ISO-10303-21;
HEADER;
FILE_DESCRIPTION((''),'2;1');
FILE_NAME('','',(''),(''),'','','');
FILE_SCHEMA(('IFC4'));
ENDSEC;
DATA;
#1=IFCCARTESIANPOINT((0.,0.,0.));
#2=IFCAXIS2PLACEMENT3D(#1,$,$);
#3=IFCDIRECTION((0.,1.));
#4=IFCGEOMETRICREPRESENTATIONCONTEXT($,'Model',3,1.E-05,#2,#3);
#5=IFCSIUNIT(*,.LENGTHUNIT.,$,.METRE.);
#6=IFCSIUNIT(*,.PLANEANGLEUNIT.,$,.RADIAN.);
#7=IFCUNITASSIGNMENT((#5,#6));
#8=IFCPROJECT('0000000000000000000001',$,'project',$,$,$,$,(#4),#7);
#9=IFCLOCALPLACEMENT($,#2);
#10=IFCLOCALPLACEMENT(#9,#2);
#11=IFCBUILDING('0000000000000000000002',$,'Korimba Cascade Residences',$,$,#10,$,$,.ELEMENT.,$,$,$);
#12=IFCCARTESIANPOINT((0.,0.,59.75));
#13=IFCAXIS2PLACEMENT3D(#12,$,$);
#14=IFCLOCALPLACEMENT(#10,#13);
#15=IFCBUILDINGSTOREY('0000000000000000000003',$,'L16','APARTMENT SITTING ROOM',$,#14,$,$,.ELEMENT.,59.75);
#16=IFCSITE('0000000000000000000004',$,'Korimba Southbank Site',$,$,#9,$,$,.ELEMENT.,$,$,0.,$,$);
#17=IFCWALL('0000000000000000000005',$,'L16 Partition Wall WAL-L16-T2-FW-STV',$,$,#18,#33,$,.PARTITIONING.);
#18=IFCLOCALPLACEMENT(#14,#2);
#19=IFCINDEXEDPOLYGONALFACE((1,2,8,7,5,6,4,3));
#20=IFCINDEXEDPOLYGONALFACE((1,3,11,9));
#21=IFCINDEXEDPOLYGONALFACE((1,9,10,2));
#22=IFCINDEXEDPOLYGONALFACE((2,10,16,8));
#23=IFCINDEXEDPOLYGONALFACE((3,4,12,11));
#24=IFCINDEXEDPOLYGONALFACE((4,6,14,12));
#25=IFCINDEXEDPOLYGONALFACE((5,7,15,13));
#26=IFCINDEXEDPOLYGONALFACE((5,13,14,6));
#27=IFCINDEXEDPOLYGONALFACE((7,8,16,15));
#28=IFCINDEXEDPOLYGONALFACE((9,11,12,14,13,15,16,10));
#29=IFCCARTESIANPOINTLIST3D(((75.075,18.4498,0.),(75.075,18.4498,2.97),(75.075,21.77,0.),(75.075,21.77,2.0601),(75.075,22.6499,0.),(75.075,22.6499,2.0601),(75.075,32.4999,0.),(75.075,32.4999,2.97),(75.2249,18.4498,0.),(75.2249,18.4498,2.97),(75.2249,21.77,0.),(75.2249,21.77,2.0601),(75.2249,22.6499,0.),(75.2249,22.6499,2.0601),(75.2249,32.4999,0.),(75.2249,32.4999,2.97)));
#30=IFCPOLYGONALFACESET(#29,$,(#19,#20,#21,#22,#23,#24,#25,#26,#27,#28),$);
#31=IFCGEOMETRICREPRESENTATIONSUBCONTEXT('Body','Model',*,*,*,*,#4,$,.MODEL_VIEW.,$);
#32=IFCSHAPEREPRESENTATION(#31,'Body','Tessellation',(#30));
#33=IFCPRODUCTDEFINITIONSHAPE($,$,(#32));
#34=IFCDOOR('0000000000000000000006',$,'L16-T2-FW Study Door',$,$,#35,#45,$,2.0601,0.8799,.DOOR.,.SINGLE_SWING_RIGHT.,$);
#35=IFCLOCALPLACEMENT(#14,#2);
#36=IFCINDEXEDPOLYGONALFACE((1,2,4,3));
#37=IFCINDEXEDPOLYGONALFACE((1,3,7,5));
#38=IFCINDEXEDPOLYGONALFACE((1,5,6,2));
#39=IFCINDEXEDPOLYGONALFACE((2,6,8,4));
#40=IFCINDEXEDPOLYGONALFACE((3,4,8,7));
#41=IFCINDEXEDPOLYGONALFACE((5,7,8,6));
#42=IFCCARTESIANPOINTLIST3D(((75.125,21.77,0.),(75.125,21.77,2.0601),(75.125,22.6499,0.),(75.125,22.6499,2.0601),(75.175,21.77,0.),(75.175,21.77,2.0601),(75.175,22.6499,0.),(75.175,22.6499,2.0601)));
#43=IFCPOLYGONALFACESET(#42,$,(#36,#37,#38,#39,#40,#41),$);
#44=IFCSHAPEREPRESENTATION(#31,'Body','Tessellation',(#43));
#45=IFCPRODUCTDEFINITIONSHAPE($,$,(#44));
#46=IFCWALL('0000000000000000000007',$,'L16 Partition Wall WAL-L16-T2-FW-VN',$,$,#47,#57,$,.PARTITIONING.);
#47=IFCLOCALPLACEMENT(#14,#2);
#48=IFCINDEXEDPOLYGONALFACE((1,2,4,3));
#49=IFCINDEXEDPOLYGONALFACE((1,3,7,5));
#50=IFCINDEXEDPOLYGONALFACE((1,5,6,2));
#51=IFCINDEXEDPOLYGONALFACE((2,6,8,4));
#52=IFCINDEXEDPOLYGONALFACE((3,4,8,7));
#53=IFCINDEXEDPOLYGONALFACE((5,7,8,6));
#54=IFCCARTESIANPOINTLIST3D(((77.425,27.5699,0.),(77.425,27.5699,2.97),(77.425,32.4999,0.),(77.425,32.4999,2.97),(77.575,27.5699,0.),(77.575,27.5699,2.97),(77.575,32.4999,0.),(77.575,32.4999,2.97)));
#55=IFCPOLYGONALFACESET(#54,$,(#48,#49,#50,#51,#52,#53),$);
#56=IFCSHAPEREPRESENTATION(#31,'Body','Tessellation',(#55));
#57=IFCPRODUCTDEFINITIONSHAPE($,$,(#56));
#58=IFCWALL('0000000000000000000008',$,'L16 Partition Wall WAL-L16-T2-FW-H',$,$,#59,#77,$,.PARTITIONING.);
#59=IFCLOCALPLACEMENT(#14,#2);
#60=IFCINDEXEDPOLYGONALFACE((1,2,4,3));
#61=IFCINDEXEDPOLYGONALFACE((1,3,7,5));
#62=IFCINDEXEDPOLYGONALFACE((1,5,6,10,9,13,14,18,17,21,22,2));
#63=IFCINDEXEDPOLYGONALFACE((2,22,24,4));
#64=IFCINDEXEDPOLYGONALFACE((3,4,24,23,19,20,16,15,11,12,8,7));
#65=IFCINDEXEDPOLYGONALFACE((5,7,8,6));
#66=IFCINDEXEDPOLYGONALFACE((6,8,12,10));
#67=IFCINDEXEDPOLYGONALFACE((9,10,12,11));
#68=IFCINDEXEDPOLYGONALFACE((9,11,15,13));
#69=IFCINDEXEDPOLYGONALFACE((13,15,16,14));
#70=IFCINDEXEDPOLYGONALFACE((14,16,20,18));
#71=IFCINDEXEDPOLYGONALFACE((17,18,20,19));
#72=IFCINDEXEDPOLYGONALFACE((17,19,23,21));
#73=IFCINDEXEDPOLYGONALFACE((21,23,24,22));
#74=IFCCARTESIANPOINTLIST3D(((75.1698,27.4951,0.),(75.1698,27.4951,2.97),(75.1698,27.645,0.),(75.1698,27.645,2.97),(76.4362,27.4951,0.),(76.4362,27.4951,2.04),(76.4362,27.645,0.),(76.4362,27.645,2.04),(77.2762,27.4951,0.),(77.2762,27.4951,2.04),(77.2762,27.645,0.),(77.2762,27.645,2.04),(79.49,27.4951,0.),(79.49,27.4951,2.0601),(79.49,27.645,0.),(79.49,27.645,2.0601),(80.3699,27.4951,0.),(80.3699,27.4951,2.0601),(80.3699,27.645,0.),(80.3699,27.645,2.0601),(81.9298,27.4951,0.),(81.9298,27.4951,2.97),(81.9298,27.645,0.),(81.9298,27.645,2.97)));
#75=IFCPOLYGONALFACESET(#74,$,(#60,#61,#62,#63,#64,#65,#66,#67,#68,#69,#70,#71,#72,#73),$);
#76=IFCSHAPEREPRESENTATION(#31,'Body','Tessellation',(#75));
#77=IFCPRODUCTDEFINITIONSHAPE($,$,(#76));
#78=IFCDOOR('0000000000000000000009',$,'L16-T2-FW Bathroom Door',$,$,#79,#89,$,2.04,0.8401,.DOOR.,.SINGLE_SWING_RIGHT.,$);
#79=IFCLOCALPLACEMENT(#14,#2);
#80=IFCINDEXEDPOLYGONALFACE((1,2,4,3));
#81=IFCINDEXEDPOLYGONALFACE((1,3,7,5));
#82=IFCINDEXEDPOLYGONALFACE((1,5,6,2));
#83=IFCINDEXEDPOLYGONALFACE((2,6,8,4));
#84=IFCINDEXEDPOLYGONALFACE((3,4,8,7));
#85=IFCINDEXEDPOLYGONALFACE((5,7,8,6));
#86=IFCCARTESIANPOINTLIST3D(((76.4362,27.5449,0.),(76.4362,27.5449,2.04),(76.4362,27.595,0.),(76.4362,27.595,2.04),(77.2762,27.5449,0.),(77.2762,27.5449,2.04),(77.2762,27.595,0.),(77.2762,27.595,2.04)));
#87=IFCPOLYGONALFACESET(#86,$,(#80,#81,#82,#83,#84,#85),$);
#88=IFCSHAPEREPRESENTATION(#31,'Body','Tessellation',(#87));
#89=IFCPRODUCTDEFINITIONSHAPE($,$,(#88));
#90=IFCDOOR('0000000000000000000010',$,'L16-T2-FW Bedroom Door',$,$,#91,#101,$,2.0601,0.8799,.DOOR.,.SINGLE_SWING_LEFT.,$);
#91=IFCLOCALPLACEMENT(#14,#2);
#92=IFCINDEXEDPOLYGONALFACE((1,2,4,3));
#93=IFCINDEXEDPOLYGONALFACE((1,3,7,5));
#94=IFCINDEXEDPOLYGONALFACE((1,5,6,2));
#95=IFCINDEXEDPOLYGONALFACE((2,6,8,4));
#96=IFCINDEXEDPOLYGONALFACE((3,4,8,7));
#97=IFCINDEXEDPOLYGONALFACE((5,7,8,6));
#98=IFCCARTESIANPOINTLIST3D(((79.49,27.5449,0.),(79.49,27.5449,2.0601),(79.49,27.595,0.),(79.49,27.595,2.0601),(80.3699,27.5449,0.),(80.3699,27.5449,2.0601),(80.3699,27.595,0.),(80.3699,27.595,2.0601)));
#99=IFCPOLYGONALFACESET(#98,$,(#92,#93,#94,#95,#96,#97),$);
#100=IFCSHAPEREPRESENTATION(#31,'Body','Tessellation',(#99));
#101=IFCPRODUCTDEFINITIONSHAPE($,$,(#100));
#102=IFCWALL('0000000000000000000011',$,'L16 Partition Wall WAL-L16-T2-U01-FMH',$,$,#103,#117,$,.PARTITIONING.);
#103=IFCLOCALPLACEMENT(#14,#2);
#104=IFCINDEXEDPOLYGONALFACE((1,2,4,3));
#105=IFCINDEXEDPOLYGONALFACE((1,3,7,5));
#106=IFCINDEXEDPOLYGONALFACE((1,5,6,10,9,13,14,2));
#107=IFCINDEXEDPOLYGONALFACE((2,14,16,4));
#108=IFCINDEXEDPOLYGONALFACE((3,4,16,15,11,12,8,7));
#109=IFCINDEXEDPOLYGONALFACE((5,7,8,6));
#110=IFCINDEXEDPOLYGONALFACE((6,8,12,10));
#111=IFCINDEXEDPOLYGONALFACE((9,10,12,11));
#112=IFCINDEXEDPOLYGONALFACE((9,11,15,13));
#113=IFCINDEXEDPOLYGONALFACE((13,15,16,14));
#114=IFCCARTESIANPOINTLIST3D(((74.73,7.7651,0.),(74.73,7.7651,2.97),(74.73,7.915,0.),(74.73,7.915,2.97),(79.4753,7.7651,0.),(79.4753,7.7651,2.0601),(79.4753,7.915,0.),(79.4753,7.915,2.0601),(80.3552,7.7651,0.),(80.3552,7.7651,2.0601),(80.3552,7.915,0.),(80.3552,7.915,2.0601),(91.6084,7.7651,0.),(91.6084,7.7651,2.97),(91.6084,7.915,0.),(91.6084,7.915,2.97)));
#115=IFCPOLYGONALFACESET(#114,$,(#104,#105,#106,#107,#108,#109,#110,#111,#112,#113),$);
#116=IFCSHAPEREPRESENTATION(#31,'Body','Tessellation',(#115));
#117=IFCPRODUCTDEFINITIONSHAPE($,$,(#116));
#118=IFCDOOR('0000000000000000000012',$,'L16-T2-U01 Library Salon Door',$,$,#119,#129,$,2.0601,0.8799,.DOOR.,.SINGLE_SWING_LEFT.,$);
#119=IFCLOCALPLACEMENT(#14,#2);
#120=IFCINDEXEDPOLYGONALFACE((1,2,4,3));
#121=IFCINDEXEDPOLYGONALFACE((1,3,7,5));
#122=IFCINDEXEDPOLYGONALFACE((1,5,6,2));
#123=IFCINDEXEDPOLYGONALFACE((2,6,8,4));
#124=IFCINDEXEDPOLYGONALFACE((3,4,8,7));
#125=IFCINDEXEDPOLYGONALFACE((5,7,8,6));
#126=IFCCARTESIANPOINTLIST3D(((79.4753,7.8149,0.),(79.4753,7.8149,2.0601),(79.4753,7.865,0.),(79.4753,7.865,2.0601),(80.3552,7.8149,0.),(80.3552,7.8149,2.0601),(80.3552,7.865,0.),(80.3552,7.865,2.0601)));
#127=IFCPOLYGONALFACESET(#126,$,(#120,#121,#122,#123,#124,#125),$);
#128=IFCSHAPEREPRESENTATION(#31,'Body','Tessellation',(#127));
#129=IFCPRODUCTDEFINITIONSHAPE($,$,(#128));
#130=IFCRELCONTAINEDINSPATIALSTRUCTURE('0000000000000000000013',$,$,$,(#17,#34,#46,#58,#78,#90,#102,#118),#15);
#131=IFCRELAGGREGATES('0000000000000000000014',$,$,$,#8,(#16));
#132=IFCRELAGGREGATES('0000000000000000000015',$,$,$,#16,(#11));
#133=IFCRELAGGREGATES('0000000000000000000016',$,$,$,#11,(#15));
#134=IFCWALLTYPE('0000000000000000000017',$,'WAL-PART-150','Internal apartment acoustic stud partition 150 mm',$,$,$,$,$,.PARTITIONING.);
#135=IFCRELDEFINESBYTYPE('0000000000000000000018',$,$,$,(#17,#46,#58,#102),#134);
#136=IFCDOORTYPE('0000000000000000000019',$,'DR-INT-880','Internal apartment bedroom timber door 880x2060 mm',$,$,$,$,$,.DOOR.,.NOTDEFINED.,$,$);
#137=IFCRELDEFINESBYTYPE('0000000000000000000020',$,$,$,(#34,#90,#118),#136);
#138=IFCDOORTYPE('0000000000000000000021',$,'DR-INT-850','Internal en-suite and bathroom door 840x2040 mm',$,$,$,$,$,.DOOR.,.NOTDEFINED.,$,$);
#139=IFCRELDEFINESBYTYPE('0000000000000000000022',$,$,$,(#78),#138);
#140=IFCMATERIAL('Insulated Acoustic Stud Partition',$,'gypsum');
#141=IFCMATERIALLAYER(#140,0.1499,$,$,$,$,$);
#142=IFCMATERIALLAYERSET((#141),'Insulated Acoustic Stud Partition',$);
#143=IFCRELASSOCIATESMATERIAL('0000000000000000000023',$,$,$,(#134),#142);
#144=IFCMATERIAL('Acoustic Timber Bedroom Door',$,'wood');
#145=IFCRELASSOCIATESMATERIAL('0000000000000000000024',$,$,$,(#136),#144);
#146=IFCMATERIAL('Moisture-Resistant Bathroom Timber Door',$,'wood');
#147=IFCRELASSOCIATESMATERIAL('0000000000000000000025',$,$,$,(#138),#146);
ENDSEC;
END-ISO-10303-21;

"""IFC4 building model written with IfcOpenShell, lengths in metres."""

from ifc_helpers import new_model, si_unit, direction, frame, frame_2d, origin, place, context, subcontext, project, spatial, rectangle, extrude, material, layer, layer_set, type_object, element, fill, save


model = new_model("IFC4")

# Units and contexts
model_context = context("Model", 3, precision=1e-05, world=origin(), true_north=direction((0.0, 1.0)))
body_context = subcontext(model_context, "Body", "Model", "MODEL_VIEW")
ifc_project = project(units=[si_unit("LENGTHUNIT", "METRE"), si_unit("PLANEANGLEUNIT", "RADIAN")], contexts=[model_context])

# Site, building, storey
site_placement = place(None, origin())
site = spatial("IfcSite", under=ifc_project, at=site_placement, Name="Korimba Southbank Site", CompositionType="ELEMENT", RefElevation=0.0)
building_placement = place(site_placement, origin())
building = spatial("IfcBuilding", under=site, at=building_placement, Name="Korimba Cascade Residences", CompositionType="ELEMENT")
storey_placement = place(building_placement, frame((0.0, 0.0, 59.75)))
storey = spatial("IfcBuildingStorey", under=building, at=storey_placement, Name="L16", Description="APARTMENT SITTING ROOM", CompositionType="ELEMENT", Elevation=59.75)

# Shared definitions
ifc_material_1 = material(Name="Insulated Acoustic Stud Partition", Category="gypsum")
ifc_layer_1 = layer(ifc_material_1, 0.1499)
ifc_layer_set_1 = layer_set([ifc_layer_1], Name="Insulated Acoustic Stud Partition")
wall_type_1 = type_object("IfcWallType", Name="WAL-PART-150", Description="Internal apartment acoustic stud partition 150 mm", PredefinedType="PARTITIONING", material=ifc_layer_set_1)

# Wall, opening, door
wall_1_placement = place(storey_placement, frame((75.1499, 18.45, 0.0), z_axis=(0.0, 0.0, 1.0), x_axis=(0.0, 1.0, 0.0)))
wall_1 = element("IfcWall", 1, at=wall_1_placement, inside=storey, type_object=wall_type_1, Name="L16 Partition Wall WAL-L16-T2-FW-STV", PredefinedType="PARTITIONING", context=body_context, shape_type="SweptSolid", body=[
    extrude(rectangle(XDim=14.05, YDim=0.1499, at=frame_2d((7.0249, 0.0))), origin(), (0.0, 0.0, 1.0), 2.97),
])
opening_1_placement = place(wall_1_placement, frame((3.3201, 0.0, 0.0)))
opening_1 = element("IfcOpeningElement", 2, at=opening_1_placement, cuts=wall_1, PredefinedType="OPENING", context=body_context, shape_type="SweptSolid", body=[
    extrude(rectangle(XDim=0.8799, YDim=2.0601, at=frame_2d((0.4399, 1.03))), frame((0.0, 0.085, 0.0), z_axis=(0.0, -1.0, 0.0), x_axis=(1.0, 0.0, 0.0)), (0.0, 0.0, 1.0), 0.1699),
])
ifc_material_2 = material(Name="Acoustic Timber Bedroom Door", Category="wood")
door_type_1 = type_object("IfcDoorType", Name="DR-INT-880", Description="Internal apartment bedroom timber door 880x2060 mm", OperationType="NOTDEFINED", PredefinedType="DOOR", material=ifc_material_2)
door_1_placement = place(opening_1_placement, origin())
door_1 = element("IfcDoor", 3, at=door_1_placement, inside=storey, type_object=door_type_1, Name="L16-T2-FW Study Door", OperationType="SINGLE_SWING_RIGHT", OverallHeight=2.0601, OverallWidth=0.8799, PredefinedType="DOOR", context=body_context, shape_type="SweptSolid", body=[
    extrude(rectangle(XDim=0.8799, YDim=2.0601, at=frame_2d((0.4399, 1.03))), frame((0.0, 0.0249, 0.0), z_axis=(0.0, -1.0, 0.0), x_axis=(1.0, 0.0, 0.0)), (0.0, 0.0, 1.0), 0.05),
])
fill(opening_1, door_1)

# Wall
wall_2_placement = place(storey_placement, frame((77.5, 27.5701, 0.0), z_axis=(0.0, 0.0, 1.0), x_axis=(0.0, 1.0, 0.0)))
element("IfcWall", 4, at=wall_2_placement, inside=storey, type_object=wall_type_1, Name="L16 Partition Wall WAL-L16-T2-FW-VN", PredefinedType="PARTITIONING", context=body_context, shape_type="SweptSolid", body=[
    extrude(rectangle(XDim=4.9299, YDim=0.1499, at=frame_2d((2.4648, 0.0))), origin(), (0.0, 0.0, 1.0), 2.97),
])

# Wall, openings, doors
wall_3_placement = place(storey_placement, frame((75.1699, 27.5701, 0.0), z_axis=(0.0, 0.0, 1.0), x_axis=(1.0, 0.0, 0.0)))
wall_3 = element("IfcWall", 5, at=wall_3_placement, inside=storey, type_object=wall_type_1, Name="L16 Partition Wall WAL-L16-T2-FW-H", PredefinedType="PARTITIONING", context=body_context, shape_type="SweptSolid", body=[
    extrude(rectangle(XDim=6.76, YDim=0.1499, at=frame_2d((3.3799, 0.0))), origin(), (0.0, 0.0, 1.0), 2.97),
])
opening_2_placement = place(wall_3_placement, frame((1.2664, 0.0, 0.0)))
opening_2 = element("IfcOpeningElement", 6, at=opening_2_placement, cuts=wall_3, PredefinedType="OPENING", context=body_context, shape_type="SweptSolid", body=[
    extrude(rectangle(XDim=0.8401, YDim=2.04, at=frame_2d((0.4199, 1.02))), frame((0.0, 0.085, 0.0), z_axis=(0.0, -1.0, 0.0), x_axis=(1.0, 0.0, 0.0)), (0.0, 0.0, 1.0), 0.1699),
])
opening_3_placement = place(wall_3_placement, frame((4.3201, 0.0, 0.0)))
opening_3 = element("IfcOpeningElement", 7, at=opening_3_placement, cuts=wall_3, PredefinedType="OPENING", context=body_context, shape_type="SweptSolid", body=[
    extrude(rectangle(XDim=0.8799, YDim=2.0601, at=frame_2d((0.4399, 1.03))), frame((0.0, 0.085, 0.0), z_axis=(0.0, -1.0, 0.0), x_axis=(1.0, 0.0, 0.0)), (0.0, 0.0, 1.0), 0.1699),
])
ifc_material_3 = material(Name="Moisture-Resistant Bathroom Timber Door", Category="wood")
door_type_2 = type_object("IfcDoorType", Name="DR-INT-850", Description="Internal en-suite and bathroom door 840x2040 mm", OperationType="NOTDEFINED", PredefinedType="DOOR", material=ifc_material_3)
door_2_placement = place(opening_2_placement, origin())
door_2 = element("IfcDoor", 8, at=door_2_placement, inside=storey, type_object=door_type_2, Name="L16-T2-FW Bathroom Door", OperationType="SINGLE_SWING_RIGHT", OverallHeight=2.04, OverallWidth=0.8401, PredefinedType="DOOR", context=body_context, shape_type="SweptSolid", body=[
    extrude(rectangle(XDim=0.8401, YDim=2.04, at=frame_2d((0.4199, 1.02))), frame((0.0, 0.0249, 0.0), z_axis=(0.0, -1.0, 0.0), x_axis=(1.0, 0.0, 0.0)), (0.0, 0.0, 1.0), 0.05),
])
fill(opening_2, door_2)
door_3_placement = place(opening_3_placement, origin())
door_3 = element("IfcDoor", 9, at=door_3_placement, inside=storey, type_object=door_type_1, Name="L16-T2-FW Bedroom Door", OperationType="SINGLE_SWING_LEFT", OverallHeight=2.0601, OverallWidth=0.8799, PredefinedType="DOOR", context=body_context, shape_type="SweptSolid", body=[
    extrude(rectangle(XDim=0.8799, YDim=2.0601, at=frame_2d((0.4399, 1.03))), frame((0.0, 0.0249, 0.0), z_axis=(0.0, -1.0, 0.0), x_axis=(1.0, 0.0, 0.0)), (0.0, 0.0, 1.0), 0.05),
])
fill(opening_3, door_3)

# Wall, opening, door
wall_4_placement = place(storey_placement, frame((74.73, 7.8401, 0.0), z_axis=(0.0, 0.0, 1.0), x_axis=(1.0, 0.0, 0.0)))
wall_4 = element("IfcWall", 10, at=wall_4_placement, inside=storey, type_object=wall_type_1, Name="L16 Partition Wall WAL-L16-T2-U01-FMH", PredefinedType="PARTITIONING", context=body_context, shape_type="SweptSolid", body=[
    extrude(rectangle(XDim=16.8784, YDim=0.1499, at=frame_2d((8.4392, 0.0))), origin(), (0.0, 0.0, 1.0), 2.97),
])
opening_4_placement = place(wall_4_placement, frame((4.7454, 0.0, 0.0)))
opening_4 = element("IfcOpeningElement", 11, at=opening_4_placement, cuts=wall_4, PredefinedType="OPENING", context=body_context, shape_type="SweptSolid", body=[
    extrude(rectangle(XDim=0.8799, YDim=2.0601, at=frame_2d((0.4399, 1.03))), frame((0.0, 0.085, 0.0), z_axis=(0.0, -1.0, 0.0), x_axis=(1.0, 0.0, 0.0)), (0.0, 0.0, 1.0), 0.1699),
])
door_4_placement = place(opening_4_placement, origin())
door_4 = element("IfcDoor", 12, at=door_4_placement, inside=storey, type_object=door_type_1, Name="L16-T2-U01 Library Salon Door", OperationType="SINGLE_SWING_LEFT", OverallHeight=2.0601, OverallWidth=0.8799, PredefinedType="DOOR", context=body_context, shape_type="SweptSolid", body=[
    extrude(rectangle(XDim=0.8799, YDim=2.0601, at=frame_2d((0.4399, 1.03))), frame((0.0, 0.0249, 0.0), z_axis=(0.0, -1.0, 0.0), x_axis=(1.0, 0.0, 0.0)), (0.0, 0.0, 1.0), 0.05),
])
fill(opening_4, door_4)

save(model, "model.ifc")
